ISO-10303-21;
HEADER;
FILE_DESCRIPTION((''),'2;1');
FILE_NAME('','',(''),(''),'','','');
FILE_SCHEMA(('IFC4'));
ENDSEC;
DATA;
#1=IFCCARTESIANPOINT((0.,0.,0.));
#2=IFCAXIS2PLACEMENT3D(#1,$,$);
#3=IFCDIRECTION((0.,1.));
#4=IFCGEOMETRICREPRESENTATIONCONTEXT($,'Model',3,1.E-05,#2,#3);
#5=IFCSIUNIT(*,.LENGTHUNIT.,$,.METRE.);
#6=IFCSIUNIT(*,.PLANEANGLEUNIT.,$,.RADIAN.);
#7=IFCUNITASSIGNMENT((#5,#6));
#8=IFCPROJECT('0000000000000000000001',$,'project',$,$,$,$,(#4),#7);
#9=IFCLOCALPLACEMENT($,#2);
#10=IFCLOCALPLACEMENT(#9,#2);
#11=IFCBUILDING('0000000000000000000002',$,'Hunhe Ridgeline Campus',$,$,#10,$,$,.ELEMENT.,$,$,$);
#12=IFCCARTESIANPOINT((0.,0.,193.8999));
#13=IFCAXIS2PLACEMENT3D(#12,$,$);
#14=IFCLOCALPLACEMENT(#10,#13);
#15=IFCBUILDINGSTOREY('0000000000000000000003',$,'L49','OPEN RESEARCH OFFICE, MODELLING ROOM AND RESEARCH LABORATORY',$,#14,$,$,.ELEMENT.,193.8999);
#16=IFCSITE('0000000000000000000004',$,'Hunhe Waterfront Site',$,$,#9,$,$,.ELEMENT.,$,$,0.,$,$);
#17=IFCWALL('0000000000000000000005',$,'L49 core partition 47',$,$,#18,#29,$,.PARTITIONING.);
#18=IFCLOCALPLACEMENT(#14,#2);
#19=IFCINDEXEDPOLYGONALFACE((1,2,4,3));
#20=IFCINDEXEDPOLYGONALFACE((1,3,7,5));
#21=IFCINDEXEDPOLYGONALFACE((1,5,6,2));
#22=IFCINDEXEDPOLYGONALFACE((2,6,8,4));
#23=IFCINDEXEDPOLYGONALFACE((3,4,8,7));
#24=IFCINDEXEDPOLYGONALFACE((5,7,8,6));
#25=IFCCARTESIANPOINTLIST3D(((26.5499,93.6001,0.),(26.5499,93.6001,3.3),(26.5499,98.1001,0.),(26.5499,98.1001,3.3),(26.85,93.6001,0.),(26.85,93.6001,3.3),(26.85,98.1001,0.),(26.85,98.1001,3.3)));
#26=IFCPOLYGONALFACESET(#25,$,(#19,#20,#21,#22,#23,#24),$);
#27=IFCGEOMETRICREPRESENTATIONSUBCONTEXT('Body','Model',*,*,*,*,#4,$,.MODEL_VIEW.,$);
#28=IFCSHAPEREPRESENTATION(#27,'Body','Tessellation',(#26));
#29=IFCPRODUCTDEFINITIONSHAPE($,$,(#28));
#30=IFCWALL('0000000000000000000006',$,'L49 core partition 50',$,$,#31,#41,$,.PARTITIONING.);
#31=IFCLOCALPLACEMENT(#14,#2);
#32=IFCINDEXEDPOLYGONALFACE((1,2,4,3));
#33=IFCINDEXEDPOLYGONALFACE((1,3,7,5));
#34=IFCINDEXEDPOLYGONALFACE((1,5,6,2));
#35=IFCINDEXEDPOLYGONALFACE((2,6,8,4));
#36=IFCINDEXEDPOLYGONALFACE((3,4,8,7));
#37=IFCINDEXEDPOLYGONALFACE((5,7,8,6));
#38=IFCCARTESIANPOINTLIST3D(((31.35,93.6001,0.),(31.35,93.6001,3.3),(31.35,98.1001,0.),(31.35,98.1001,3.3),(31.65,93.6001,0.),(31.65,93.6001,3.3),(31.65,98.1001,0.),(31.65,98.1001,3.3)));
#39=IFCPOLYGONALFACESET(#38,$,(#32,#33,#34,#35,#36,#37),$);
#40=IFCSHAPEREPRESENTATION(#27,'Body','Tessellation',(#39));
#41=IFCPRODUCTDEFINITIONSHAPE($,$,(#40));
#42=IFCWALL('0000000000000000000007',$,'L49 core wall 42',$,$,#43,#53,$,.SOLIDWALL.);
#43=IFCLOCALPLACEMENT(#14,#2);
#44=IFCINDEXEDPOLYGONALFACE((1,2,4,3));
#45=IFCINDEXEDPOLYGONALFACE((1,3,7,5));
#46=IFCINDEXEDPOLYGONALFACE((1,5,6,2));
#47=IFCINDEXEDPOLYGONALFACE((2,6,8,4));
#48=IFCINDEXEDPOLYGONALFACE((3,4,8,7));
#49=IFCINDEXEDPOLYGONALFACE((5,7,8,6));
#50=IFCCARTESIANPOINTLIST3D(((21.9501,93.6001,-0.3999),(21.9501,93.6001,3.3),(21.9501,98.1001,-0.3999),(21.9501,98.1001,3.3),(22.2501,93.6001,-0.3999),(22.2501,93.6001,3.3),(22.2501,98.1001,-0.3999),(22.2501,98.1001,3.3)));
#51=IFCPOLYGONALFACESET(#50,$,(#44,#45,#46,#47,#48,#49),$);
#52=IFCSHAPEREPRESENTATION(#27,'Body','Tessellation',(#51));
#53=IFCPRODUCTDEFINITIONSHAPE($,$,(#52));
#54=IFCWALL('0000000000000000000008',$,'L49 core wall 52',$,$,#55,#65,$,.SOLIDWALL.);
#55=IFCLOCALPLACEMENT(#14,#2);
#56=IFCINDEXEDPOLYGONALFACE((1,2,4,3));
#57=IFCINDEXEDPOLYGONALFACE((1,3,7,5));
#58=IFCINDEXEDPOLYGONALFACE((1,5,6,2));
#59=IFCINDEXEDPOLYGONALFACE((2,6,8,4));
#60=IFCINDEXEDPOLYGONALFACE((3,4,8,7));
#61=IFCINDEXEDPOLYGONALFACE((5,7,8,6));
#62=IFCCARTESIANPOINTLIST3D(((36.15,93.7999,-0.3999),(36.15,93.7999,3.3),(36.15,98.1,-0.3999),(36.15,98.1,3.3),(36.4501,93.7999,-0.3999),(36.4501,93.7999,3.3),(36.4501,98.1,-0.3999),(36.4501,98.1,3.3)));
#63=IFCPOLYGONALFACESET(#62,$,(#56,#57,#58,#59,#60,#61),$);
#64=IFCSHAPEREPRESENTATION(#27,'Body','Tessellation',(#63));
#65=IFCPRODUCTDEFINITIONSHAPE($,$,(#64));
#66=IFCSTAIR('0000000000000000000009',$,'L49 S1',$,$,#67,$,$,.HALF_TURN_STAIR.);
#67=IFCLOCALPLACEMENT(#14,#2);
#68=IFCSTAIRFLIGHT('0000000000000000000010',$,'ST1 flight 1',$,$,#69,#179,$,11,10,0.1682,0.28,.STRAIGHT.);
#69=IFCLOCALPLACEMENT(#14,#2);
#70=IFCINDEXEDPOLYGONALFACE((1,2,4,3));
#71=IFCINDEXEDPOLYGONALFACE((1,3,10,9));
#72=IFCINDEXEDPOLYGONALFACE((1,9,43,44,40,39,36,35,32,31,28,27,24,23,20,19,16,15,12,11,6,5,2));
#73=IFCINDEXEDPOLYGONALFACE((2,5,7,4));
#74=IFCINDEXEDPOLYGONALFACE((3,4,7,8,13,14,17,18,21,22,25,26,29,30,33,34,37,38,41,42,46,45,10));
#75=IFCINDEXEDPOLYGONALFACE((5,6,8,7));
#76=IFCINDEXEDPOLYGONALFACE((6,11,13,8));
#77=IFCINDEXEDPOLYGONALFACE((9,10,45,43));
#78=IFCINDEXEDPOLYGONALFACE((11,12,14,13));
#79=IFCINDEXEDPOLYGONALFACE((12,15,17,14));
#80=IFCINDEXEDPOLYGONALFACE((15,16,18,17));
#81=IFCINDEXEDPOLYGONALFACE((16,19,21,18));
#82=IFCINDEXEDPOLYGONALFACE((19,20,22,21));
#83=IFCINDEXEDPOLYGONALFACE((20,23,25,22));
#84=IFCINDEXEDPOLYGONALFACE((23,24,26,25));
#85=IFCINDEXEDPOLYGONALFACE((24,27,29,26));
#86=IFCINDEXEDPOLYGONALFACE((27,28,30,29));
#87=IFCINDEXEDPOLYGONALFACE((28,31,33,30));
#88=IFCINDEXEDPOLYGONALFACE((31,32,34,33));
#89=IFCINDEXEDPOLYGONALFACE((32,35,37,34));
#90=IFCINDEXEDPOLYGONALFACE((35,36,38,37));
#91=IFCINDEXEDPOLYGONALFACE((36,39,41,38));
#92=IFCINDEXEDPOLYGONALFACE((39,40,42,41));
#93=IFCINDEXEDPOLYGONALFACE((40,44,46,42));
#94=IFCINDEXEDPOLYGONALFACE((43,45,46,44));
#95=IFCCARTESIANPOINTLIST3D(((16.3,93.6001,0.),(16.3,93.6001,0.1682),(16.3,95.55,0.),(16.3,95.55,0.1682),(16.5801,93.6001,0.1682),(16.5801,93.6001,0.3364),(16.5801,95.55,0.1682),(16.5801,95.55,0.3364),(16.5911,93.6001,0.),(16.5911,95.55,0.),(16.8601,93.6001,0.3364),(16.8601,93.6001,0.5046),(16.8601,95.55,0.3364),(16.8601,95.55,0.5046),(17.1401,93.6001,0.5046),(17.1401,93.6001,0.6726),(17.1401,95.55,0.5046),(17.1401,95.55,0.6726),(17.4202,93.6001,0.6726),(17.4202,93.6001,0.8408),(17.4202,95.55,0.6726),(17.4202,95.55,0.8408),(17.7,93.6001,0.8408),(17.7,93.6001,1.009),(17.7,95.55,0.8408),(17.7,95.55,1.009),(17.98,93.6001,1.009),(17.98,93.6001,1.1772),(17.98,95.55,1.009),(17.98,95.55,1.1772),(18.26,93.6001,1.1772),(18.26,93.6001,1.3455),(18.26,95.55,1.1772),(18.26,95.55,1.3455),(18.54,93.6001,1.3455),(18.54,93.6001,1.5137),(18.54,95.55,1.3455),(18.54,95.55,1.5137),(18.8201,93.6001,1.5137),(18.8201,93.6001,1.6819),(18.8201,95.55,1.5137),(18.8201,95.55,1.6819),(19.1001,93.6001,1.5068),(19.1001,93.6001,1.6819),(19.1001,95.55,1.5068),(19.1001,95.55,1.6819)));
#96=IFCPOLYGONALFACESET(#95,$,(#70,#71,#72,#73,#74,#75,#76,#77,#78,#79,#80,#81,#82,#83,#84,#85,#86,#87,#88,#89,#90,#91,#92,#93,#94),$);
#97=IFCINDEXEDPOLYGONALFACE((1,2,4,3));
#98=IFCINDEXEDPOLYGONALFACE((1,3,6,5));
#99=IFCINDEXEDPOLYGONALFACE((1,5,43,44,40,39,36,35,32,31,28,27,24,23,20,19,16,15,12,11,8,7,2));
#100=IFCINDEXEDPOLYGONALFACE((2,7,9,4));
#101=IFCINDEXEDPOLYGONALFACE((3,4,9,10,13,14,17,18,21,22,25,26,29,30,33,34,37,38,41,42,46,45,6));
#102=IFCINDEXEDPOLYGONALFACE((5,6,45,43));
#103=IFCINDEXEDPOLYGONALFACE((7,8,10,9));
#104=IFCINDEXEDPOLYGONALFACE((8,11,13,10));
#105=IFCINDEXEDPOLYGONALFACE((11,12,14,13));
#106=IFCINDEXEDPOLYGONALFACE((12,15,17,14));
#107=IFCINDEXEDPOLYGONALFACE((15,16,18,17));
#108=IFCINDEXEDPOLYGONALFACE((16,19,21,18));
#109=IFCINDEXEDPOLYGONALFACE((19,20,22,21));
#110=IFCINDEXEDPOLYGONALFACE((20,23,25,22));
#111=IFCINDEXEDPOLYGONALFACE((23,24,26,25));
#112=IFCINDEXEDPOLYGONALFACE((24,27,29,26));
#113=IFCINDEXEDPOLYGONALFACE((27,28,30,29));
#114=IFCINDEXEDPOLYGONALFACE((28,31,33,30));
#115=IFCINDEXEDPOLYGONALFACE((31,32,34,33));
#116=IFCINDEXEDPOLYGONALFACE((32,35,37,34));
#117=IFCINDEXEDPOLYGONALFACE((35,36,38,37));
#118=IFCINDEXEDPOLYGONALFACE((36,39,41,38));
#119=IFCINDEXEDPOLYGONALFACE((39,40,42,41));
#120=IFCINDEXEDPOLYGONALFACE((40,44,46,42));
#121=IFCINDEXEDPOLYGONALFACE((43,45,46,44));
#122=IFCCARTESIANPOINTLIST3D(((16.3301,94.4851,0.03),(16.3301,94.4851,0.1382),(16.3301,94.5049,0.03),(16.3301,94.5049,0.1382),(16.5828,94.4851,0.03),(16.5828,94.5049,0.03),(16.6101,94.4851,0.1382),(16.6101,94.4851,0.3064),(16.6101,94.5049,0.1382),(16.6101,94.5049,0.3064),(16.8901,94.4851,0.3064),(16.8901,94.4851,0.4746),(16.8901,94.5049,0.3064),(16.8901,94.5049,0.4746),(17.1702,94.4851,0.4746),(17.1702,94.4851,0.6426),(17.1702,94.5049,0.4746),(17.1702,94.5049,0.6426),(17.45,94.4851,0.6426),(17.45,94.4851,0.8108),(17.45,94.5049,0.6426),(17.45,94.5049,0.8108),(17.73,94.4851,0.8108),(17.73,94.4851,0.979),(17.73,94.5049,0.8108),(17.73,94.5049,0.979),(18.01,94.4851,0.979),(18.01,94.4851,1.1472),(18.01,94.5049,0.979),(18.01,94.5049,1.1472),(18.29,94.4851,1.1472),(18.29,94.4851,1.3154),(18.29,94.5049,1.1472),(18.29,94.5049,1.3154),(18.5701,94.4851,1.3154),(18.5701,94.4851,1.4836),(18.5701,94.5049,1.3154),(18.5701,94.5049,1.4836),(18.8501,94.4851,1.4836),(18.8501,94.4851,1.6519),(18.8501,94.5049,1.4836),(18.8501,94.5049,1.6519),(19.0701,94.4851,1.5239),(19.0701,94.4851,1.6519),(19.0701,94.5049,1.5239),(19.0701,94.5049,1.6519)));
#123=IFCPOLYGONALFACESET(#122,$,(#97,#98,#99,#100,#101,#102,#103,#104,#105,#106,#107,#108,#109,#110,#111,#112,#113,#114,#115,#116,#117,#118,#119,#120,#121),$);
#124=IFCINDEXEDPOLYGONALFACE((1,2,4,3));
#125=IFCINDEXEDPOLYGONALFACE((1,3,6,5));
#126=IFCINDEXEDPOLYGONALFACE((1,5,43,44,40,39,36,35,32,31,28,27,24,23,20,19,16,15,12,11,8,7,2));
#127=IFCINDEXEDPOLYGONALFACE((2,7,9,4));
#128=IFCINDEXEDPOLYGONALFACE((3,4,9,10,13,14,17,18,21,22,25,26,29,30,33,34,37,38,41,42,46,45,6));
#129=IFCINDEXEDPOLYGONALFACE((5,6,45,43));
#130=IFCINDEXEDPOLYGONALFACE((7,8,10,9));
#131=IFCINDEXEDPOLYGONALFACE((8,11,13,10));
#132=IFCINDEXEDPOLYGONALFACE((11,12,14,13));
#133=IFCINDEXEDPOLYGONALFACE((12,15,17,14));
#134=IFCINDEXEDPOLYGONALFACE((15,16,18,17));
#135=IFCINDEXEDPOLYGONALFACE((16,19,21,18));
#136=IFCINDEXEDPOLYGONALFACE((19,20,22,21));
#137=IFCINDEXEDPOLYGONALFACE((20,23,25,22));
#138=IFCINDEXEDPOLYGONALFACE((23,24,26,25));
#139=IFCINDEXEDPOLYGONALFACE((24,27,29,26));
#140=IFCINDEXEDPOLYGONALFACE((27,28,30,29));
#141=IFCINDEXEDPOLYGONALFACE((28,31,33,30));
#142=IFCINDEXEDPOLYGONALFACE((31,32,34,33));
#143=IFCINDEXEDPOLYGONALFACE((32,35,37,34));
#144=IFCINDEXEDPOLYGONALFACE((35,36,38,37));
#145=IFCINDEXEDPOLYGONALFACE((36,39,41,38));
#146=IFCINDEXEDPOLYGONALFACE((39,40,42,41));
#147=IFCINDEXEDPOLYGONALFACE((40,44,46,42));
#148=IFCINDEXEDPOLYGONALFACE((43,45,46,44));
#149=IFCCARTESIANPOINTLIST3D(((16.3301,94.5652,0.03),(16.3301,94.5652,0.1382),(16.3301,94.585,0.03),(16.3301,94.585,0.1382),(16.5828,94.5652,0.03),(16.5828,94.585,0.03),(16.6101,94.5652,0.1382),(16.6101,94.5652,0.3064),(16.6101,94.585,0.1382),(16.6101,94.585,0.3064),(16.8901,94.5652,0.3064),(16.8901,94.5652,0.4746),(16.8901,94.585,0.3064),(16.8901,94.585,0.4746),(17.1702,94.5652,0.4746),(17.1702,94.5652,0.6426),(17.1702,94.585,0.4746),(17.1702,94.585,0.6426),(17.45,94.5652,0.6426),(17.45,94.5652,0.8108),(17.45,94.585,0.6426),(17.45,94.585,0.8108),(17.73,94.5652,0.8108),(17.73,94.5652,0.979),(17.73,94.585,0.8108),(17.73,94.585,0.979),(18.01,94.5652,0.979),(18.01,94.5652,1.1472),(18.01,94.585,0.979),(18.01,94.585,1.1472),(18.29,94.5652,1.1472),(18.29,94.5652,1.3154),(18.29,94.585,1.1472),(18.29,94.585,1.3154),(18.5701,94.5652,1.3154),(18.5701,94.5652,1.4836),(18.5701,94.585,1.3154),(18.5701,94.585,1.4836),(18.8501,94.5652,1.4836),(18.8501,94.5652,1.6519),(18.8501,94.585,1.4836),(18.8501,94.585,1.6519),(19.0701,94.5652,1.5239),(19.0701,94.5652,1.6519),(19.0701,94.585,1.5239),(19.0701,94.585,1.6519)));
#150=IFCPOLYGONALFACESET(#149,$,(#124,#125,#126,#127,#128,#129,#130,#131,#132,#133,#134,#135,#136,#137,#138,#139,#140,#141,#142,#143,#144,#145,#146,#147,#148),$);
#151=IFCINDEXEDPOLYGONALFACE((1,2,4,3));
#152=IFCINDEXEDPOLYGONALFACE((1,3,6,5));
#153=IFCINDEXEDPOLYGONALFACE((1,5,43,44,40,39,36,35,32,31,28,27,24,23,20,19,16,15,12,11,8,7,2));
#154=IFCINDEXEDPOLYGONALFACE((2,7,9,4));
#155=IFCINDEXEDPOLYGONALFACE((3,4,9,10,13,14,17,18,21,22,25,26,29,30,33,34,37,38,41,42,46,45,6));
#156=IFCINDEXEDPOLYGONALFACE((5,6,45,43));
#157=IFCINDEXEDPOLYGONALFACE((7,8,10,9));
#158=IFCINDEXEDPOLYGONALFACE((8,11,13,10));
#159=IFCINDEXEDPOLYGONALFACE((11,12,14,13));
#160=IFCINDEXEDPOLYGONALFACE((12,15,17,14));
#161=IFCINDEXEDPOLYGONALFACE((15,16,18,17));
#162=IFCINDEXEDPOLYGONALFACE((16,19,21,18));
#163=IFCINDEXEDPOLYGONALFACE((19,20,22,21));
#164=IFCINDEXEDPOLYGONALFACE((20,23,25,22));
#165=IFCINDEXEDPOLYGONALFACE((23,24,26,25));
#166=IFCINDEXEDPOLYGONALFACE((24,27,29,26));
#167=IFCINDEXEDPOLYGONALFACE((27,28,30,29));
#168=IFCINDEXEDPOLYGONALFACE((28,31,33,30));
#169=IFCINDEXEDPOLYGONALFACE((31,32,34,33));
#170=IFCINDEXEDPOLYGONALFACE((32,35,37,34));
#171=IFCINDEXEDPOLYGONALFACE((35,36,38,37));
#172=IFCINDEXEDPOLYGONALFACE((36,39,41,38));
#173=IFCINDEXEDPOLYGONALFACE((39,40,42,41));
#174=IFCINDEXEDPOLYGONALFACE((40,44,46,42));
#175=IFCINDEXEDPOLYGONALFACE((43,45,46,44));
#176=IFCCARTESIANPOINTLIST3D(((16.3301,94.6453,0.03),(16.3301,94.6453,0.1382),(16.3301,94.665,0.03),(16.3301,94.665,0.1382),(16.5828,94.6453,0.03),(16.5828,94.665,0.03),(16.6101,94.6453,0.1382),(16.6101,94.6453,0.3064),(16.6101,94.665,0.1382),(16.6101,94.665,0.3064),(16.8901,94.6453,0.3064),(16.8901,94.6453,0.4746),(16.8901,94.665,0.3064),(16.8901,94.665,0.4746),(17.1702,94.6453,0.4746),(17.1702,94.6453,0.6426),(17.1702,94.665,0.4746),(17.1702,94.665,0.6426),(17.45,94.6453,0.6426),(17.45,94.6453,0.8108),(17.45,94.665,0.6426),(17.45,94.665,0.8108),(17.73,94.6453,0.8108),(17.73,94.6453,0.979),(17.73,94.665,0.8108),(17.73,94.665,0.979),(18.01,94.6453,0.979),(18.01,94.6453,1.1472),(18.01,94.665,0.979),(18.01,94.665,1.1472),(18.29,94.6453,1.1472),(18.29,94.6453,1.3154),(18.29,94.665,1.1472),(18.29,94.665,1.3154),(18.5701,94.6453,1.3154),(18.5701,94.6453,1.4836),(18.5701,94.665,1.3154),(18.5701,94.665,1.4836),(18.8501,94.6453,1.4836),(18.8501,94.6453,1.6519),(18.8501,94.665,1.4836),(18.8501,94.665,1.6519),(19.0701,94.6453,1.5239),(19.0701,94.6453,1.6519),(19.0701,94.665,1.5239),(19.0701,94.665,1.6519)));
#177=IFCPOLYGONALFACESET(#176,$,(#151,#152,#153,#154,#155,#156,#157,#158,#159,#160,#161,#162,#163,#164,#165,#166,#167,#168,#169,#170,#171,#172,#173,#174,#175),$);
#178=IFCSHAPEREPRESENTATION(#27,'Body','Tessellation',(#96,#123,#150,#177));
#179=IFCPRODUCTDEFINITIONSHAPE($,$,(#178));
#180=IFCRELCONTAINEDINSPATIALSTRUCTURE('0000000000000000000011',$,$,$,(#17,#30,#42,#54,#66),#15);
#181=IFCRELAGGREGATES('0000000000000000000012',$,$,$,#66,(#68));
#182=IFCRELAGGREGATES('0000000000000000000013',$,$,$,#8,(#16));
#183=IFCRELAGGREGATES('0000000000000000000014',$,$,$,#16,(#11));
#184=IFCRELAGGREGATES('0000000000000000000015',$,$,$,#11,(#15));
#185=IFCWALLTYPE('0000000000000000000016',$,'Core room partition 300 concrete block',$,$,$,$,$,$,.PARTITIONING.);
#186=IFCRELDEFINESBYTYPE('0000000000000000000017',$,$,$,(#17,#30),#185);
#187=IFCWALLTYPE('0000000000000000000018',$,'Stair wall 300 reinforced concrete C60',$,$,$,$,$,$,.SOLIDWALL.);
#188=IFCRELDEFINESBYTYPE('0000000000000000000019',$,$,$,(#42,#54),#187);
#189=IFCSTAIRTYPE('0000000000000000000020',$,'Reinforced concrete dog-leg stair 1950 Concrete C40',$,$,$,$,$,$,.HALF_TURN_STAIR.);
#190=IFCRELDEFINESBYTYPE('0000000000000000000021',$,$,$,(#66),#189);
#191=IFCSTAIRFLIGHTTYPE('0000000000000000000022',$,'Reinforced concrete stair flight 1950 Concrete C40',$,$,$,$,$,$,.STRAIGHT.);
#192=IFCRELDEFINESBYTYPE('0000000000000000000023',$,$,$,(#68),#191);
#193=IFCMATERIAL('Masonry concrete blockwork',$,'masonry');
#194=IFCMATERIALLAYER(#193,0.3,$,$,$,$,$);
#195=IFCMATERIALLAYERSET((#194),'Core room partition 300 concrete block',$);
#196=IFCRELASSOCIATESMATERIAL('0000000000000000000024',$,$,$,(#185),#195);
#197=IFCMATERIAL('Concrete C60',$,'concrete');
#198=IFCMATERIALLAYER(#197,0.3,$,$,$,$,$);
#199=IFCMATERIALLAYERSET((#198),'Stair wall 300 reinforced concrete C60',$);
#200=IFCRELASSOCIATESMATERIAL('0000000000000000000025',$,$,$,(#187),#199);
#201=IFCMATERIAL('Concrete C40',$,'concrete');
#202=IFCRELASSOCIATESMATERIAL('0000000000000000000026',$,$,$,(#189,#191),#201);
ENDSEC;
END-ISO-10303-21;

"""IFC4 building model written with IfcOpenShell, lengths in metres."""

from ifc_helpers import new_model, si_unit, direction, frame, frame_2d, origin, place, context, subcontext, project, spatial, polyline, rectangle, outline, extrude, material, layer, layer_set, type_object, element, aggregate, save


model = new_model("IFC4")

# Units and contexts
model_context = context("Model", 3, precision=1e-05, world=origin(), true_north=direction((0.0, 1.0)))
body_context = subcontext(model_context, "Body", "Model", "MODEL_VIEW")
ifc_project = project(units=[si_unit("LENGTHUNIT", "METRE"), si_unit("PLANEANGLEUNIT", "RADIAN")], contexts=[model_context])

# Site, building, storey
site_placement = place(None, origin())
site = spatial("IfcSite", under=ifc_project, at=site_placement, Name="Hunhe Waterfront Site", CompositionType="ELEMENT", RefElevation=0.0)
building_placement = place(site_placement, origin())
building = spatial("IfcBuilding", under=site, at=building_placement, Name="Hunhe Ridgeline Campus", CompositionType="ELEMENT")
storey_placement = place(building_placement, frame((0.0, 0.0, 193.8999)))
storey = spatial("IfcBuildingStorey", under=building, at=storey_placement, Name="L49", Description="OPEN RESEARCH OFFICE, MODELLING ROOM AND RESEARCH LABORATORY", CompositionType="ELEMENT", Elevation=193.8999)

# Walls
ifc_material_1 = material(Name="Masonry concrete blockwork", Category="masonry")
ifc_layer_1 = layer(ifc_material_1, 0.3)
ifc_layer_set_1 = layer_set([ifc_layer_1], Name="Core room partition 300 concrete block")
wall_type_1 = type_object("IfcWallType", Name="Core room partition 300 concrete block", PredefinedType="PARTITIONING", material=ifc_layer_set_1)
for number, where, z_axis, x_axis, name in (
    (1, (26.7, 93.6001, 0.0), (0.0, 0.0, 1.0), (0.0, 1.0, 0.0), "L49 core partition 47"),
    (2, (31.5, 93.6001, 0.0), (0.0, 0.0, 1.0), (0.0, 1.0, 0.0), "L49 core partition 50"),
):
    element("IfcWall", number, at=place(storey_placement, frame(where, z_axis=z_axis, x_axis=x_axis)), inside=storey, type_object=wall_type_1, Name=name, PredefinedType="PARTITIONING", context=body_context, shape_type="SweptSolid", body=[
        extrude(rectangle(XDim=4.5, YDim=0.3, at=frame_2d((2.25, 0.0))), origin(), (0.0, 0.0, 1.0), 3.3),
    ])

# Shared definitions
ifc_material_2 = material(Name="Concrete C60", Category="concrete")
ifc_layer_2 = layer(ifc_material_2, 0.3)
ifc_layer_set_2 = layer_set([ifc_layer_2], Name="Stair wall 300 reinforced concrete C60")
wall_type_2 = type_object("IfcWallType", Name="Stair wall 300 reinforced concrete C60", PredefinedType="SOLIDWALL", material=ifc_layer_set_2)

# Walls
wall_1_placement = place(storey_placement, frame((22.1001, 93.6001, -0.3999), z_axis=(0.0, 0.0, 1.0), x_axis=(0.0, 1.0, 0.0)))
element("IfcWall", 3, at=wall_1_placement, inside=storey, type_object=wall_type_2, Name="L49 core wall 42", PredefinedType="SOLIDWALL", context=body_context, shape_type="SweptSolid", body=[
    extrude(rectangle(XDim=4.5, YDim=0.3, at=frame_2d((2.25, 0.0))), origin(), (0.0, 0.0, 1.0), 3.7),
])
wall_2_placement = place(storey_placement, frame((36.3, 93.8, -0.3999), z_axis=(0.0, 0.0, 1.0), x_axis=(0.0, 1.0, 0.0)))
element("IfcWall", 4, at=wall_2_placement, inside=storey, type_object=wall_type_2, Name="L49 core wall 52", PredefinedType="SOLIDWALL", context=body_context, shape_type="SweptSolid", body=[
    extrude(rectangle(XDim=4.3, YDim=0.3, at=frame_2d((2.1499, 0.0))), origin(), (0.0, 0.0, 1.0), 3.7),
])

# Stair, stair flight
ifc_material_3 = material(Name="Concrete C40", Category="concrete")
stair_type = type_object("IfcStairType", Name="Reinforced concrete dog-leg stair 1950 Concrete C40", PredefinedType="HALF_TURN_STAIR", material=ifc_material_3)
stair_placement = place(storey_placement, origin())
stair = element("IfcStair", 5, at=stair_placement, inside=storey, type_object=stair_type, Name="L49 S1", PredefinedType="HALF_TURN_STAIR")
stair_flight_type = type_object("IfcStairFlightType", Name="Reinforced concrete stair flight 1950 Concrete C40", PredefinedType="STRAIGHT", material=ifc_material_3)
stair_flight_1_placement = place(storey_placement, frame((16.3, 94.575, 0.0), z_axis=(0.0, 0.0, 1.0), x_axis=(1.0, 0.0, 0.0)))
stair_flight_1 = element("IfcStairFlight", 6, at=stair_flight_1_placement, type_object=stair_flight_type, Name="ST1 flight 1", NumberOfRisers=11, NumberOfTreads=10, PredefinedType="STRAIGHT", RiserHeight=0.1682, TreadLength=0.28, context=body_context, shape_type="SweptSolid", body=[
    extrude(outline(polyline([(0.0, 0.0), (0.0, 0.1682), (0.28, 0.1682), (0.28, 0.3364), (0.5601, 0.3364), (0.5601, 0.5046), (0.8401, 0.5046), (0.8401, 0.6726), (1.1201, 0.6726), (1.1201, 0.8408), (1.3999, 0.8408), (1.3999, 1.009), (1.6799, 1.009), (1.6799, 1.1772), (1.96, 1.1772), (1.96, 1.3455), (2.24, 1.3455), (2.24, 1.5137), (2.52, 1.5137), (2.52, 1.6819), (2.8, 1.6819), (2.8, 1.8501), (2.8, 1.5068), (0.291, 0.0), (0.0, 0.0)])), frame((0.0, 0.9751, 0.0), z_axis=(0.0, -1.0, 0.0), x_axis=(1.0, 0.0, 0.0)), (0.0, 0.0, 1.0), 1.95),
    extrude(outline(polyline([(0.03, 0.03), (0.03, 0.1382), (0.3101, 0.1382), (0.3101, 0.3064), (0.5901, 0.3064), (0.5901, 0.4746), (0.8701, 0.4746), (0.8701, 0.6426), (1.1499, 0.6426), (1.1499, 0.8108), (1.4299, 0.8108), (1.4299, 0.979), (1.71, 0.979), (1.71, 1.1472), (1.99, 1.1472), (1.99, 1.3154), (2.27, 1.3154), (2.27, 1.4836), (2.55, 1.4836), (2.55, 1.6519), (2.77, 1.6519), (2.77, 1.5239), (0.2827, 0.03), (0.03, 0.03)])), frame((0.0, -0.0701, 0.0), z_axis=(0.0, -1.0, 0.0), x_axis=(1.0, 0.0, 0.0)), (0.0, 0.0, 1.0), 0.0198),
    extrude(outline(polyline([(0.03, 0.03), (0.03, 0.1382), (0.3101, 0.1382), (0.3101, 0.3064), (0.5901, 0.3064), (0.5901, 0.4746), (0.8701, 0.4746), (0.8701, 0.6426), (1.1499, 0.6426), (1.1499, 0.8108), (1.4299, 0.8108), (1.4299, 0.979), (1.71, 0.979), (1.71, 1.1472), (1.99, 1.1472), (1.99, 1.3154), (2.27, 1.3154), (2.27, 1.4836), (2.55, 1.4836), (2.55, 1.6519), (2.77, 1.6519), (2.77, 1.5239), (0.2827, 0.03), (0.03, 0.03)])), frame((0.0, 0.01, 0.0), z_axis=(0.0, -1.0, 0.0), x_axis=(1.0, 0.0, 0.0)), (0.0, 0.0, 1.0), 0.0198),
    extrude(outline(polyline([(0.03, 0.03), (0.03, 0.1382), (0.3101, 0.1382), (0.3101, 0.3064), (0.5901, 0.3064), (0.5901, 0.4746), (0.8701, 0.4746), (0.8701, 0.6426), (1.1499, 0.6426), (1.1499, 0.8108), (1.4299, 0.8108), (1.4299, 0.979), (1.71, 0.979), (1.71, 1.1472), (1.99, 1.1472), (1.99, 1.3154), (2.27, 1.3154), (2.27, 1.4836), (2.55, 1.4836), (2.55, 1.6519), (2.77, 1.6519), (2.77, 1.5239), (0.2827, 0.03), (0.03, 0.03)])), frame((0.0, 0.0901, 0.0), z_axis=(0.0, -1.0, 0.0), x_axis=(1.0, 0.0, 0.0)), (0.0, 0.0, 1.0), 0.0198),
])
aggregate(stair, [stair_flight_1])

save(model, "model.ifc")
